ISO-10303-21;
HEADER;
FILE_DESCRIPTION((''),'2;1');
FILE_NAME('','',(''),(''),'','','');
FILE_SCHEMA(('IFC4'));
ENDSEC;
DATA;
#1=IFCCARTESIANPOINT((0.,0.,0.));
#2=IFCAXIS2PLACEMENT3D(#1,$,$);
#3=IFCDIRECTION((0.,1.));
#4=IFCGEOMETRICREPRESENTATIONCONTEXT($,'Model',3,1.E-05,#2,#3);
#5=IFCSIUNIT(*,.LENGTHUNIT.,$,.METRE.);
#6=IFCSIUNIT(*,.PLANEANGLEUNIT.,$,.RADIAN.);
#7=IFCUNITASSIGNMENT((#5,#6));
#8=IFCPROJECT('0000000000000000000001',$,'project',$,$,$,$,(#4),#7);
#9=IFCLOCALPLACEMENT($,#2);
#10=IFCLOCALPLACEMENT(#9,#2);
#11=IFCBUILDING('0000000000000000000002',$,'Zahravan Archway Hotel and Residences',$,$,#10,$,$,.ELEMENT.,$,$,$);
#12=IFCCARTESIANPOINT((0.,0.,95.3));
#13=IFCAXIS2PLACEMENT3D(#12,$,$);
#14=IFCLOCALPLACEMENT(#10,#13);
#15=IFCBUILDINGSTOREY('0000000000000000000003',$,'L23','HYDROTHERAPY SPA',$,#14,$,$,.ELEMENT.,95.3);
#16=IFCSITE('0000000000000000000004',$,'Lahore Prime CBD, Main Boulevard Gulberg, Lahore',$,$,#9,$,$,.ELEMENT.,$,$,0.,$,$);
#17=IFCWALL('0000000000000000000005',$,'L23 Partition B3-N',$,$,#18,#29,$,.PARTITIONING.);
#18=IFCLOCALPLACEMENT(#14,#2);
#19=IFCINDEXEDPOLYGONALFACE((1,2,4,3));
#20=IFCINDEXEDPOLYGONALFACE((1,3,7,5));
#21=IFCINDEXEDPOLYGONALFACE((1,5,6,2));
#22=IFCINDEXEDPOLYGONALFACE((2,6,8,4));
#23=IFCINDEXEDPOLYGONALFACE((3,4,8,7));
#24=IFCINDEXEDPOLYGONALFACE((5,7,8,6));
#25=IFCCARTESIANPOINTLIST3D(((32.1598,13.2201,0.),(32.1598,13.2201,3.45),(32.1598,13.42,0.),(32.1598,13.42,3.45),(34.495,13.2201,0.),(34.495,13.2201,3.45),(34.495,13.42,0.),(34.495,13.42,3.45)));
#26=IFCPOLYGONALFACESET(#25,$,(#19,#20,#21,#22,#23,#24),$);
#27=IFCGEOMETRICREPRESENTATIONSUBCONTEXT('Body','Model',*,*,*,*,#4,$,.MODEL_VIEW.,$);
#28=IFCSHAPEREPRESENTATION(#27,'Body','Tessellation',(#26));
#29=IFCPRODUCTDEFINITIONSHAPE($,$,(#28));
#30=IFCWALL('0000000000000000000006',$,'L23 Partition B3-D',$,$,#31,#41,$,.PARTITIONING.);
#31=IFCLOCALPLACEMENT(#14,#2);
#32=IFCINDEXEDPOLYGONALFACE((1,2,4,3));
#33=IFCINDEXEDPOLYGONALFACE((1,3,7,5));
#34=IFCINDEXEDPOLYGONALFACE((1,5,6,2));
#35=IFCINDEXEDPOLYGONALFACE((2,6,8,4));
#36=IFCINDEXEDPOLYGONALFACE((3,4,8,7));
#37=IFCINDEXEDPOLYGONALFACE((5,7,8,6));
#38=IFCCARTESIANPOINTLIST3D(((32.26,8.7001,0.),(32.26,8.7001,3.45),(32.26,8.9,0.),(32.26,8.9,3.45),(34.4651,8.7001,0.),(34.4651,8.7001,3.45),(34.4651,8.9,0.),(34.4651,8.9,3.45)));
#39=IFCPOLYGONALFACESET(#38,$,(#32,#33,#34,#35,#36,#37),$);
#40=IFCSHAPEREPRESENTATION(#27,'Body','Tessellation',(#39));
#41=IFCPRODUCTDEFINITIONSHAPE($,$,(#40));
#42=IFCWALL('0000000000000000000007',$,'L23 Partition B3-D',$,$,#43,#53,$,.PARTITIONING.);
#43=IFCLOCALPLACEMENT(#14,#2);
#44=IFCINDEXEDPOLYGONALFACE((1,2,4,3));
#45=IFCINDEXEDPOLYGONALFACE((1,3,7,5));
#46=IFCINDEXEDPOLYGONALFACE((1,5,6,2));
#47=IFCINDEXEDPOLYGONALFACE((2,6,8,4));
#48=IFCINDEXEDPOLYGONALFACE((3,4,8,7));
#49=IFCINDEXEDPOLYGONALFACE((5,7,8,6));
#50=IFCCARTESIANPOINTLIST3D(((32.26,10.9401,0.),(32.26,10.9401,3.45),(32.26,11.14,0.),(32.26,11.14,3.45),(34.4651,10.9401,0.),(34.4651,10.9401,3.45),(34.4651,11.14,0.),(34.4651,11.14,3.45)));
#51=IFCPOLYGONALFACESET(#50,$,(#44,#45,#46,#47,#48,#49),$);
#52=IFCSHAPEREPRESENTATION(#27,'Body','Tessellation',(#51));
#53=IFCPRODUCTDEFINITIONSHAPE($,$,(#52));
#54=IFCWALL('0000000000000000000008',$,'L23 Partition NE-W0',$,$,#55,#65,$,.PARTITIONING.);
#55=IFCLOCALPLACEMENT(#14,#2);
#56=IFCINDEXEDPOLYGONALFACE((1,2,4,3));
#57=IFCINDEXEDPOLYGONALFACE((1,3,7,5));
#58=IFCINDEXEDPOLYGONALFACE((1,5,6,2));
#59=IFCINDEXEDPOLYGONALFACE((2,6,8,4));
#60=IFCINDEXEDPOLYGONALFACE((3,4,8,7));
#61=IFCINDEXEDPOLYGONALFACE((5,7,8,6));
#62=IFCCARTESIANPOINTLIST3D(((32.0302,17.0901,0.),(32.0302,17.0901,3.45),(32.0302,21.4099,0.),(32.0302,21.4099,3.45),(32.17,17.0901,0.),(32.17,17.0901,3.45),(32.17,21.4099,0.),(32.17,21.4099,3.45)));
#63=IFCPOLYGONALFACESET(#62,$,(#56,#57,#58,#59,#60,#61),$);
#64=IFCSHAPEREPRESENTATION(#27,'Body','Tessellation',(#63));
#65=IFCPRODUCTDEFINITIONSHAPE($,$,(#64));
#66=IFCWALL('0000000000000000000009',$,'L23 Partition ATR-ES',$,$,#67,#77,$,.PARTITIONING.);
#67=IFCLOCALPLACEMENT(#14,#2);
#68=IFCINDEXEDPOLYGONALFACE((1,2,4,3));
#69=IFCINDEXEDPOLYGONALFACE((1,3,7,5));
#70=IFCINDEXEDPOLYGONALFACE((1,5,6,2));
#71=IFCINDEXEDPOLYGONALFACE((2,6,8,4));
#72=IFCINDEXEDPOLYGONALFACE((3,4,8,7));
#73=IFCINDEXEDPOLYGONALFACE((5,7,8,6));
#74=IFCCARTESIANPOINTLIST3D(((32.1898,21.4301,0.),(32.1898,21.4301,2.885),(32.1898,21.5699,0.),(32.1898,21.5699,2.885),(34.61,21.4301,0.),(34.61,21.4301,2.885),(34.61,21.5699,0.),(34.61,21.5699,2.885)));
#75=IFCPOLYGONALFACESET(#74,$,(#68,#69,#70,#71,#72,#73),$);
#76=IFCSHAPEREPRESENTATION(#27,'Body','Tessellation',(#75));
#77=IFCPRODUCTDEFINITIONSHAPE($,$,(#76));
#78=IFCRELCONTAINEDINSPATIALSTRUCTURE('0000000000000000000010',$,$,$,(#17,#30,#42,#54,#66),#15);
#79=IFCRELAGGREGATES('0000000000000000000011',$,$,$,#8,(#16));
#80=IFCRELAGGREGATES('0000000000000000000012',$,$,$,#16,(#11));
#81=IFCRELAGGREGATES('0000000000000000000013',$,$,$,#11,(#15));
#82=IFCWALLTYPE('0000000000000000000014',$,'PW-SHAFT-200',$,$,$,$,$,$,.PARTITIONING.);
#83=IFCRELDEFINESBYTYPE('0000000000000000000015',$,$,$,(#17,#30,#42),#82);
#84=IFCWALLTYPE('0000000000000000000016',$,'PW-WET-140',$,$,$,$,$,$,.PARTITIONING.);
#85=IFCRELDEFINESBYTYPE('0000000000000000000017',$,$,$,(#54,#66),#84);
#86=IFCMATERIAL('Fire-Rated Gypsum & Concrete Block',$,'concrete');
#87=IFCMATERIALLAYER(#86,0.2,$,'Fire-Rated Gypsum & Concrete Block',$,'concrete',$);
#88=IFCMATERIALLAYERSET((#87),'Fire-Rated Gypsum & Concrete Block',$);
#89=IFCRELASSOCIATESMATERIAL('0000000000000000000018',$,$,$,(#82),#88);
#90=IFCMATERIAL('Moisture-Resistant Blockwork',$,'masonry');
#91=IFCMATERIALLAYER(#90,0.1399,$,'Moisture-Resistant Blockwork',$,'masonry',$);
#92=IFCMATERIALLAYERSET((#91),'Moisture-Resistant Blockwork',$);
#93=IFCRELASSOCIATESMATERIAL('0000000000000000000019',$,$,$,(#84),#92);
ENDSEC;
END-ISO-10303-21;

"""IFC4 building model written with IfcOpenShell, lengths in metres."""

from ifc_helpers import new_model, si_unit, direction, frame, frame_2d, origin, place, context, subcontext, project, spatial, rectangle, extrude, material, layer, layer_set, type_object, element, save


model = new_model("IFC4")

# Units and contexts
model_context = context("Model", 3, precision=1e-05, world=origin(), true_north=direction((0.0, 1.0)))
body_context = subcontext(model_context, "Body", "Model", "MODEL_VIEW")
ifc_project = project(units=[si_unit("LENGTHUNIT", "METRE"), si_unit("PLANEANGLEUNIT", "RADIAN")], contexts=[model_context])

# Site, building, storey
site_placement = place(None, origin())
site = spatial("IfcSite", under=ifc_project, at=site_placement, Name="Lahore Prime CBD, Main Boulevard Gulberg, Lahore", CompositionType="ELEMENT", RefElevation=0.0)
building_placement = place(site_placement, origin())
building = spatial("IfcBuilding", under=site, at=building_placement, Name="Zahravan Archway Hotel and Residences", CompositionType="ELEMENT")
storey_placement = place(building_placement, frame((0.0, 0.0, 95.3)))
storey = spatial("IfcBuildingStorey", under=building, at=storey_placement, Name="L23", Description="HYDROTHERAPY SPA", CompositionType="ELEMENT", Elevation=95.3)

# Shared definitions
ifc_material_1 = material(Name="Fire-Rated Gypsum & Concrete Block", Category="concrete")

# Walls
ifc_layer_1 = layer(ifc_material_1, 0.2, Name="Fire-Rated Gypsum & Concrete Block", Category="concrete")
ifc_layer_set_1 = layer_set([ifc_layer_1], Name="Fire-Rated Gypsum & Concrete Block")
wall_type_1 = type_object("IfcWallType", Name="PW-SHAFT-200", PredefinedType="PARTITIONING", material=ifc_layer_set_1)
wall_1_placement = place(storey_placement, frame((32.1599, 13.3201, 0.0), z_axis=(0.0, 0.0, 1.0), x_axis=(1.0, 0.0, 0.0)))
element("IfcWall", 1, at=wall_1_placement, inside=storey, type_object=wall_type_1, Name="L23 Partition B3-N", PredefinedType="PARTITIONING", context=body_context, shape_type="SweptSolid", body=[
    extrude(rectangle(XDim=2.3352, YDim=0.2, at=frame_2d((1.1675, 0.0))), origin(), (0.0, 0.0, 1.0), 3.45),
])
for number, where, z_axis, x_axis, name in (
    (2, (32.26, 8.8, 0.0), (0.0, 0.0, 1.0), (1.0, 0.0, 0.0), "L23 Partition B3-D"),
    (3, (32.26, 11.04, 0.0), (0.0, 0.0, 1.0), (1.0, 0.0, 0.0), "L23 Partition B3-D"),
):
    element("IfcWall", number, at=place(storey_placement, frame(where, z_axis=z_axis, x_axis=x_axis)), inside=storey, type_object=wall_type_1, Name=name, PredefinedType="PARTITIONING", context=body_context, shape_type="SweptSolid", body=[
        extrude(rectangle(XDim=2.2051, YDim=0.2, at=frame_2d((1.1025, 0.0))), origin(), (0.0, 0.0, 1.0), 3.45),
    ])
ifc_material_2 = material(Name="Moisture-Resistant Blockwork", Category="masonry")
ifc_layer_2 = layer(ifc_material_2, 0.1399, Name="Moisture-Resistant Blockwork", Category="masonry")
ifc_layer_set_2 = layer_set([ifc_layer_2], Name="Moisture-Resistant Blockwork")
wall_type_2 = type_object("IfcWallType", Name="PW-WET-140", PredefinedType="PARTITIONING", material=ifc_layer_set_2)
wall_2_placement = place(storey_placement, frame((32.1001, 17.0901, 0.0), z_axis=(0.0, 0.0, 1.0), x_axis=(0.0, 1.0, 0.0)))
element("IfcWall", 4, at=wall_2_placement, inside=storey, type_object=wall_type_2, Name="L23 Partition NE-W0", PredefinedType="PARTITIONING", context=body_context, shape_type="SweptSolid", body=[
    extrude(rectangle(XDim=4.3198, YDim=0.1399, at=frame_2d((2.1599, 0.0))), origin(), (0.0, 0.0, 1.0), 3.45),
])
wall_3_placement = place(storey_placement, frame((32.1899, 21.5, 0.0), z_axis=(0.0, 0.0, 1.0), x_axis=(1.0, 0.0, 0.0)))
element("IfcWall", 5, at=wall_3_placement, inside=storey, type_object=wall_type_2, Name="L23 Partition ATR-ES", PredefinedType="PARTITIONING", context=body_context, shape_type="SweptSolid", body=[
    extrude(rectangle(XDim=2.4202, YDim=0.1399, at=frame_2d((1.21, 0.0))), origin(), (0.0, 0.0, 1.0), 2.885),
])

save(model, "model.ifc")
